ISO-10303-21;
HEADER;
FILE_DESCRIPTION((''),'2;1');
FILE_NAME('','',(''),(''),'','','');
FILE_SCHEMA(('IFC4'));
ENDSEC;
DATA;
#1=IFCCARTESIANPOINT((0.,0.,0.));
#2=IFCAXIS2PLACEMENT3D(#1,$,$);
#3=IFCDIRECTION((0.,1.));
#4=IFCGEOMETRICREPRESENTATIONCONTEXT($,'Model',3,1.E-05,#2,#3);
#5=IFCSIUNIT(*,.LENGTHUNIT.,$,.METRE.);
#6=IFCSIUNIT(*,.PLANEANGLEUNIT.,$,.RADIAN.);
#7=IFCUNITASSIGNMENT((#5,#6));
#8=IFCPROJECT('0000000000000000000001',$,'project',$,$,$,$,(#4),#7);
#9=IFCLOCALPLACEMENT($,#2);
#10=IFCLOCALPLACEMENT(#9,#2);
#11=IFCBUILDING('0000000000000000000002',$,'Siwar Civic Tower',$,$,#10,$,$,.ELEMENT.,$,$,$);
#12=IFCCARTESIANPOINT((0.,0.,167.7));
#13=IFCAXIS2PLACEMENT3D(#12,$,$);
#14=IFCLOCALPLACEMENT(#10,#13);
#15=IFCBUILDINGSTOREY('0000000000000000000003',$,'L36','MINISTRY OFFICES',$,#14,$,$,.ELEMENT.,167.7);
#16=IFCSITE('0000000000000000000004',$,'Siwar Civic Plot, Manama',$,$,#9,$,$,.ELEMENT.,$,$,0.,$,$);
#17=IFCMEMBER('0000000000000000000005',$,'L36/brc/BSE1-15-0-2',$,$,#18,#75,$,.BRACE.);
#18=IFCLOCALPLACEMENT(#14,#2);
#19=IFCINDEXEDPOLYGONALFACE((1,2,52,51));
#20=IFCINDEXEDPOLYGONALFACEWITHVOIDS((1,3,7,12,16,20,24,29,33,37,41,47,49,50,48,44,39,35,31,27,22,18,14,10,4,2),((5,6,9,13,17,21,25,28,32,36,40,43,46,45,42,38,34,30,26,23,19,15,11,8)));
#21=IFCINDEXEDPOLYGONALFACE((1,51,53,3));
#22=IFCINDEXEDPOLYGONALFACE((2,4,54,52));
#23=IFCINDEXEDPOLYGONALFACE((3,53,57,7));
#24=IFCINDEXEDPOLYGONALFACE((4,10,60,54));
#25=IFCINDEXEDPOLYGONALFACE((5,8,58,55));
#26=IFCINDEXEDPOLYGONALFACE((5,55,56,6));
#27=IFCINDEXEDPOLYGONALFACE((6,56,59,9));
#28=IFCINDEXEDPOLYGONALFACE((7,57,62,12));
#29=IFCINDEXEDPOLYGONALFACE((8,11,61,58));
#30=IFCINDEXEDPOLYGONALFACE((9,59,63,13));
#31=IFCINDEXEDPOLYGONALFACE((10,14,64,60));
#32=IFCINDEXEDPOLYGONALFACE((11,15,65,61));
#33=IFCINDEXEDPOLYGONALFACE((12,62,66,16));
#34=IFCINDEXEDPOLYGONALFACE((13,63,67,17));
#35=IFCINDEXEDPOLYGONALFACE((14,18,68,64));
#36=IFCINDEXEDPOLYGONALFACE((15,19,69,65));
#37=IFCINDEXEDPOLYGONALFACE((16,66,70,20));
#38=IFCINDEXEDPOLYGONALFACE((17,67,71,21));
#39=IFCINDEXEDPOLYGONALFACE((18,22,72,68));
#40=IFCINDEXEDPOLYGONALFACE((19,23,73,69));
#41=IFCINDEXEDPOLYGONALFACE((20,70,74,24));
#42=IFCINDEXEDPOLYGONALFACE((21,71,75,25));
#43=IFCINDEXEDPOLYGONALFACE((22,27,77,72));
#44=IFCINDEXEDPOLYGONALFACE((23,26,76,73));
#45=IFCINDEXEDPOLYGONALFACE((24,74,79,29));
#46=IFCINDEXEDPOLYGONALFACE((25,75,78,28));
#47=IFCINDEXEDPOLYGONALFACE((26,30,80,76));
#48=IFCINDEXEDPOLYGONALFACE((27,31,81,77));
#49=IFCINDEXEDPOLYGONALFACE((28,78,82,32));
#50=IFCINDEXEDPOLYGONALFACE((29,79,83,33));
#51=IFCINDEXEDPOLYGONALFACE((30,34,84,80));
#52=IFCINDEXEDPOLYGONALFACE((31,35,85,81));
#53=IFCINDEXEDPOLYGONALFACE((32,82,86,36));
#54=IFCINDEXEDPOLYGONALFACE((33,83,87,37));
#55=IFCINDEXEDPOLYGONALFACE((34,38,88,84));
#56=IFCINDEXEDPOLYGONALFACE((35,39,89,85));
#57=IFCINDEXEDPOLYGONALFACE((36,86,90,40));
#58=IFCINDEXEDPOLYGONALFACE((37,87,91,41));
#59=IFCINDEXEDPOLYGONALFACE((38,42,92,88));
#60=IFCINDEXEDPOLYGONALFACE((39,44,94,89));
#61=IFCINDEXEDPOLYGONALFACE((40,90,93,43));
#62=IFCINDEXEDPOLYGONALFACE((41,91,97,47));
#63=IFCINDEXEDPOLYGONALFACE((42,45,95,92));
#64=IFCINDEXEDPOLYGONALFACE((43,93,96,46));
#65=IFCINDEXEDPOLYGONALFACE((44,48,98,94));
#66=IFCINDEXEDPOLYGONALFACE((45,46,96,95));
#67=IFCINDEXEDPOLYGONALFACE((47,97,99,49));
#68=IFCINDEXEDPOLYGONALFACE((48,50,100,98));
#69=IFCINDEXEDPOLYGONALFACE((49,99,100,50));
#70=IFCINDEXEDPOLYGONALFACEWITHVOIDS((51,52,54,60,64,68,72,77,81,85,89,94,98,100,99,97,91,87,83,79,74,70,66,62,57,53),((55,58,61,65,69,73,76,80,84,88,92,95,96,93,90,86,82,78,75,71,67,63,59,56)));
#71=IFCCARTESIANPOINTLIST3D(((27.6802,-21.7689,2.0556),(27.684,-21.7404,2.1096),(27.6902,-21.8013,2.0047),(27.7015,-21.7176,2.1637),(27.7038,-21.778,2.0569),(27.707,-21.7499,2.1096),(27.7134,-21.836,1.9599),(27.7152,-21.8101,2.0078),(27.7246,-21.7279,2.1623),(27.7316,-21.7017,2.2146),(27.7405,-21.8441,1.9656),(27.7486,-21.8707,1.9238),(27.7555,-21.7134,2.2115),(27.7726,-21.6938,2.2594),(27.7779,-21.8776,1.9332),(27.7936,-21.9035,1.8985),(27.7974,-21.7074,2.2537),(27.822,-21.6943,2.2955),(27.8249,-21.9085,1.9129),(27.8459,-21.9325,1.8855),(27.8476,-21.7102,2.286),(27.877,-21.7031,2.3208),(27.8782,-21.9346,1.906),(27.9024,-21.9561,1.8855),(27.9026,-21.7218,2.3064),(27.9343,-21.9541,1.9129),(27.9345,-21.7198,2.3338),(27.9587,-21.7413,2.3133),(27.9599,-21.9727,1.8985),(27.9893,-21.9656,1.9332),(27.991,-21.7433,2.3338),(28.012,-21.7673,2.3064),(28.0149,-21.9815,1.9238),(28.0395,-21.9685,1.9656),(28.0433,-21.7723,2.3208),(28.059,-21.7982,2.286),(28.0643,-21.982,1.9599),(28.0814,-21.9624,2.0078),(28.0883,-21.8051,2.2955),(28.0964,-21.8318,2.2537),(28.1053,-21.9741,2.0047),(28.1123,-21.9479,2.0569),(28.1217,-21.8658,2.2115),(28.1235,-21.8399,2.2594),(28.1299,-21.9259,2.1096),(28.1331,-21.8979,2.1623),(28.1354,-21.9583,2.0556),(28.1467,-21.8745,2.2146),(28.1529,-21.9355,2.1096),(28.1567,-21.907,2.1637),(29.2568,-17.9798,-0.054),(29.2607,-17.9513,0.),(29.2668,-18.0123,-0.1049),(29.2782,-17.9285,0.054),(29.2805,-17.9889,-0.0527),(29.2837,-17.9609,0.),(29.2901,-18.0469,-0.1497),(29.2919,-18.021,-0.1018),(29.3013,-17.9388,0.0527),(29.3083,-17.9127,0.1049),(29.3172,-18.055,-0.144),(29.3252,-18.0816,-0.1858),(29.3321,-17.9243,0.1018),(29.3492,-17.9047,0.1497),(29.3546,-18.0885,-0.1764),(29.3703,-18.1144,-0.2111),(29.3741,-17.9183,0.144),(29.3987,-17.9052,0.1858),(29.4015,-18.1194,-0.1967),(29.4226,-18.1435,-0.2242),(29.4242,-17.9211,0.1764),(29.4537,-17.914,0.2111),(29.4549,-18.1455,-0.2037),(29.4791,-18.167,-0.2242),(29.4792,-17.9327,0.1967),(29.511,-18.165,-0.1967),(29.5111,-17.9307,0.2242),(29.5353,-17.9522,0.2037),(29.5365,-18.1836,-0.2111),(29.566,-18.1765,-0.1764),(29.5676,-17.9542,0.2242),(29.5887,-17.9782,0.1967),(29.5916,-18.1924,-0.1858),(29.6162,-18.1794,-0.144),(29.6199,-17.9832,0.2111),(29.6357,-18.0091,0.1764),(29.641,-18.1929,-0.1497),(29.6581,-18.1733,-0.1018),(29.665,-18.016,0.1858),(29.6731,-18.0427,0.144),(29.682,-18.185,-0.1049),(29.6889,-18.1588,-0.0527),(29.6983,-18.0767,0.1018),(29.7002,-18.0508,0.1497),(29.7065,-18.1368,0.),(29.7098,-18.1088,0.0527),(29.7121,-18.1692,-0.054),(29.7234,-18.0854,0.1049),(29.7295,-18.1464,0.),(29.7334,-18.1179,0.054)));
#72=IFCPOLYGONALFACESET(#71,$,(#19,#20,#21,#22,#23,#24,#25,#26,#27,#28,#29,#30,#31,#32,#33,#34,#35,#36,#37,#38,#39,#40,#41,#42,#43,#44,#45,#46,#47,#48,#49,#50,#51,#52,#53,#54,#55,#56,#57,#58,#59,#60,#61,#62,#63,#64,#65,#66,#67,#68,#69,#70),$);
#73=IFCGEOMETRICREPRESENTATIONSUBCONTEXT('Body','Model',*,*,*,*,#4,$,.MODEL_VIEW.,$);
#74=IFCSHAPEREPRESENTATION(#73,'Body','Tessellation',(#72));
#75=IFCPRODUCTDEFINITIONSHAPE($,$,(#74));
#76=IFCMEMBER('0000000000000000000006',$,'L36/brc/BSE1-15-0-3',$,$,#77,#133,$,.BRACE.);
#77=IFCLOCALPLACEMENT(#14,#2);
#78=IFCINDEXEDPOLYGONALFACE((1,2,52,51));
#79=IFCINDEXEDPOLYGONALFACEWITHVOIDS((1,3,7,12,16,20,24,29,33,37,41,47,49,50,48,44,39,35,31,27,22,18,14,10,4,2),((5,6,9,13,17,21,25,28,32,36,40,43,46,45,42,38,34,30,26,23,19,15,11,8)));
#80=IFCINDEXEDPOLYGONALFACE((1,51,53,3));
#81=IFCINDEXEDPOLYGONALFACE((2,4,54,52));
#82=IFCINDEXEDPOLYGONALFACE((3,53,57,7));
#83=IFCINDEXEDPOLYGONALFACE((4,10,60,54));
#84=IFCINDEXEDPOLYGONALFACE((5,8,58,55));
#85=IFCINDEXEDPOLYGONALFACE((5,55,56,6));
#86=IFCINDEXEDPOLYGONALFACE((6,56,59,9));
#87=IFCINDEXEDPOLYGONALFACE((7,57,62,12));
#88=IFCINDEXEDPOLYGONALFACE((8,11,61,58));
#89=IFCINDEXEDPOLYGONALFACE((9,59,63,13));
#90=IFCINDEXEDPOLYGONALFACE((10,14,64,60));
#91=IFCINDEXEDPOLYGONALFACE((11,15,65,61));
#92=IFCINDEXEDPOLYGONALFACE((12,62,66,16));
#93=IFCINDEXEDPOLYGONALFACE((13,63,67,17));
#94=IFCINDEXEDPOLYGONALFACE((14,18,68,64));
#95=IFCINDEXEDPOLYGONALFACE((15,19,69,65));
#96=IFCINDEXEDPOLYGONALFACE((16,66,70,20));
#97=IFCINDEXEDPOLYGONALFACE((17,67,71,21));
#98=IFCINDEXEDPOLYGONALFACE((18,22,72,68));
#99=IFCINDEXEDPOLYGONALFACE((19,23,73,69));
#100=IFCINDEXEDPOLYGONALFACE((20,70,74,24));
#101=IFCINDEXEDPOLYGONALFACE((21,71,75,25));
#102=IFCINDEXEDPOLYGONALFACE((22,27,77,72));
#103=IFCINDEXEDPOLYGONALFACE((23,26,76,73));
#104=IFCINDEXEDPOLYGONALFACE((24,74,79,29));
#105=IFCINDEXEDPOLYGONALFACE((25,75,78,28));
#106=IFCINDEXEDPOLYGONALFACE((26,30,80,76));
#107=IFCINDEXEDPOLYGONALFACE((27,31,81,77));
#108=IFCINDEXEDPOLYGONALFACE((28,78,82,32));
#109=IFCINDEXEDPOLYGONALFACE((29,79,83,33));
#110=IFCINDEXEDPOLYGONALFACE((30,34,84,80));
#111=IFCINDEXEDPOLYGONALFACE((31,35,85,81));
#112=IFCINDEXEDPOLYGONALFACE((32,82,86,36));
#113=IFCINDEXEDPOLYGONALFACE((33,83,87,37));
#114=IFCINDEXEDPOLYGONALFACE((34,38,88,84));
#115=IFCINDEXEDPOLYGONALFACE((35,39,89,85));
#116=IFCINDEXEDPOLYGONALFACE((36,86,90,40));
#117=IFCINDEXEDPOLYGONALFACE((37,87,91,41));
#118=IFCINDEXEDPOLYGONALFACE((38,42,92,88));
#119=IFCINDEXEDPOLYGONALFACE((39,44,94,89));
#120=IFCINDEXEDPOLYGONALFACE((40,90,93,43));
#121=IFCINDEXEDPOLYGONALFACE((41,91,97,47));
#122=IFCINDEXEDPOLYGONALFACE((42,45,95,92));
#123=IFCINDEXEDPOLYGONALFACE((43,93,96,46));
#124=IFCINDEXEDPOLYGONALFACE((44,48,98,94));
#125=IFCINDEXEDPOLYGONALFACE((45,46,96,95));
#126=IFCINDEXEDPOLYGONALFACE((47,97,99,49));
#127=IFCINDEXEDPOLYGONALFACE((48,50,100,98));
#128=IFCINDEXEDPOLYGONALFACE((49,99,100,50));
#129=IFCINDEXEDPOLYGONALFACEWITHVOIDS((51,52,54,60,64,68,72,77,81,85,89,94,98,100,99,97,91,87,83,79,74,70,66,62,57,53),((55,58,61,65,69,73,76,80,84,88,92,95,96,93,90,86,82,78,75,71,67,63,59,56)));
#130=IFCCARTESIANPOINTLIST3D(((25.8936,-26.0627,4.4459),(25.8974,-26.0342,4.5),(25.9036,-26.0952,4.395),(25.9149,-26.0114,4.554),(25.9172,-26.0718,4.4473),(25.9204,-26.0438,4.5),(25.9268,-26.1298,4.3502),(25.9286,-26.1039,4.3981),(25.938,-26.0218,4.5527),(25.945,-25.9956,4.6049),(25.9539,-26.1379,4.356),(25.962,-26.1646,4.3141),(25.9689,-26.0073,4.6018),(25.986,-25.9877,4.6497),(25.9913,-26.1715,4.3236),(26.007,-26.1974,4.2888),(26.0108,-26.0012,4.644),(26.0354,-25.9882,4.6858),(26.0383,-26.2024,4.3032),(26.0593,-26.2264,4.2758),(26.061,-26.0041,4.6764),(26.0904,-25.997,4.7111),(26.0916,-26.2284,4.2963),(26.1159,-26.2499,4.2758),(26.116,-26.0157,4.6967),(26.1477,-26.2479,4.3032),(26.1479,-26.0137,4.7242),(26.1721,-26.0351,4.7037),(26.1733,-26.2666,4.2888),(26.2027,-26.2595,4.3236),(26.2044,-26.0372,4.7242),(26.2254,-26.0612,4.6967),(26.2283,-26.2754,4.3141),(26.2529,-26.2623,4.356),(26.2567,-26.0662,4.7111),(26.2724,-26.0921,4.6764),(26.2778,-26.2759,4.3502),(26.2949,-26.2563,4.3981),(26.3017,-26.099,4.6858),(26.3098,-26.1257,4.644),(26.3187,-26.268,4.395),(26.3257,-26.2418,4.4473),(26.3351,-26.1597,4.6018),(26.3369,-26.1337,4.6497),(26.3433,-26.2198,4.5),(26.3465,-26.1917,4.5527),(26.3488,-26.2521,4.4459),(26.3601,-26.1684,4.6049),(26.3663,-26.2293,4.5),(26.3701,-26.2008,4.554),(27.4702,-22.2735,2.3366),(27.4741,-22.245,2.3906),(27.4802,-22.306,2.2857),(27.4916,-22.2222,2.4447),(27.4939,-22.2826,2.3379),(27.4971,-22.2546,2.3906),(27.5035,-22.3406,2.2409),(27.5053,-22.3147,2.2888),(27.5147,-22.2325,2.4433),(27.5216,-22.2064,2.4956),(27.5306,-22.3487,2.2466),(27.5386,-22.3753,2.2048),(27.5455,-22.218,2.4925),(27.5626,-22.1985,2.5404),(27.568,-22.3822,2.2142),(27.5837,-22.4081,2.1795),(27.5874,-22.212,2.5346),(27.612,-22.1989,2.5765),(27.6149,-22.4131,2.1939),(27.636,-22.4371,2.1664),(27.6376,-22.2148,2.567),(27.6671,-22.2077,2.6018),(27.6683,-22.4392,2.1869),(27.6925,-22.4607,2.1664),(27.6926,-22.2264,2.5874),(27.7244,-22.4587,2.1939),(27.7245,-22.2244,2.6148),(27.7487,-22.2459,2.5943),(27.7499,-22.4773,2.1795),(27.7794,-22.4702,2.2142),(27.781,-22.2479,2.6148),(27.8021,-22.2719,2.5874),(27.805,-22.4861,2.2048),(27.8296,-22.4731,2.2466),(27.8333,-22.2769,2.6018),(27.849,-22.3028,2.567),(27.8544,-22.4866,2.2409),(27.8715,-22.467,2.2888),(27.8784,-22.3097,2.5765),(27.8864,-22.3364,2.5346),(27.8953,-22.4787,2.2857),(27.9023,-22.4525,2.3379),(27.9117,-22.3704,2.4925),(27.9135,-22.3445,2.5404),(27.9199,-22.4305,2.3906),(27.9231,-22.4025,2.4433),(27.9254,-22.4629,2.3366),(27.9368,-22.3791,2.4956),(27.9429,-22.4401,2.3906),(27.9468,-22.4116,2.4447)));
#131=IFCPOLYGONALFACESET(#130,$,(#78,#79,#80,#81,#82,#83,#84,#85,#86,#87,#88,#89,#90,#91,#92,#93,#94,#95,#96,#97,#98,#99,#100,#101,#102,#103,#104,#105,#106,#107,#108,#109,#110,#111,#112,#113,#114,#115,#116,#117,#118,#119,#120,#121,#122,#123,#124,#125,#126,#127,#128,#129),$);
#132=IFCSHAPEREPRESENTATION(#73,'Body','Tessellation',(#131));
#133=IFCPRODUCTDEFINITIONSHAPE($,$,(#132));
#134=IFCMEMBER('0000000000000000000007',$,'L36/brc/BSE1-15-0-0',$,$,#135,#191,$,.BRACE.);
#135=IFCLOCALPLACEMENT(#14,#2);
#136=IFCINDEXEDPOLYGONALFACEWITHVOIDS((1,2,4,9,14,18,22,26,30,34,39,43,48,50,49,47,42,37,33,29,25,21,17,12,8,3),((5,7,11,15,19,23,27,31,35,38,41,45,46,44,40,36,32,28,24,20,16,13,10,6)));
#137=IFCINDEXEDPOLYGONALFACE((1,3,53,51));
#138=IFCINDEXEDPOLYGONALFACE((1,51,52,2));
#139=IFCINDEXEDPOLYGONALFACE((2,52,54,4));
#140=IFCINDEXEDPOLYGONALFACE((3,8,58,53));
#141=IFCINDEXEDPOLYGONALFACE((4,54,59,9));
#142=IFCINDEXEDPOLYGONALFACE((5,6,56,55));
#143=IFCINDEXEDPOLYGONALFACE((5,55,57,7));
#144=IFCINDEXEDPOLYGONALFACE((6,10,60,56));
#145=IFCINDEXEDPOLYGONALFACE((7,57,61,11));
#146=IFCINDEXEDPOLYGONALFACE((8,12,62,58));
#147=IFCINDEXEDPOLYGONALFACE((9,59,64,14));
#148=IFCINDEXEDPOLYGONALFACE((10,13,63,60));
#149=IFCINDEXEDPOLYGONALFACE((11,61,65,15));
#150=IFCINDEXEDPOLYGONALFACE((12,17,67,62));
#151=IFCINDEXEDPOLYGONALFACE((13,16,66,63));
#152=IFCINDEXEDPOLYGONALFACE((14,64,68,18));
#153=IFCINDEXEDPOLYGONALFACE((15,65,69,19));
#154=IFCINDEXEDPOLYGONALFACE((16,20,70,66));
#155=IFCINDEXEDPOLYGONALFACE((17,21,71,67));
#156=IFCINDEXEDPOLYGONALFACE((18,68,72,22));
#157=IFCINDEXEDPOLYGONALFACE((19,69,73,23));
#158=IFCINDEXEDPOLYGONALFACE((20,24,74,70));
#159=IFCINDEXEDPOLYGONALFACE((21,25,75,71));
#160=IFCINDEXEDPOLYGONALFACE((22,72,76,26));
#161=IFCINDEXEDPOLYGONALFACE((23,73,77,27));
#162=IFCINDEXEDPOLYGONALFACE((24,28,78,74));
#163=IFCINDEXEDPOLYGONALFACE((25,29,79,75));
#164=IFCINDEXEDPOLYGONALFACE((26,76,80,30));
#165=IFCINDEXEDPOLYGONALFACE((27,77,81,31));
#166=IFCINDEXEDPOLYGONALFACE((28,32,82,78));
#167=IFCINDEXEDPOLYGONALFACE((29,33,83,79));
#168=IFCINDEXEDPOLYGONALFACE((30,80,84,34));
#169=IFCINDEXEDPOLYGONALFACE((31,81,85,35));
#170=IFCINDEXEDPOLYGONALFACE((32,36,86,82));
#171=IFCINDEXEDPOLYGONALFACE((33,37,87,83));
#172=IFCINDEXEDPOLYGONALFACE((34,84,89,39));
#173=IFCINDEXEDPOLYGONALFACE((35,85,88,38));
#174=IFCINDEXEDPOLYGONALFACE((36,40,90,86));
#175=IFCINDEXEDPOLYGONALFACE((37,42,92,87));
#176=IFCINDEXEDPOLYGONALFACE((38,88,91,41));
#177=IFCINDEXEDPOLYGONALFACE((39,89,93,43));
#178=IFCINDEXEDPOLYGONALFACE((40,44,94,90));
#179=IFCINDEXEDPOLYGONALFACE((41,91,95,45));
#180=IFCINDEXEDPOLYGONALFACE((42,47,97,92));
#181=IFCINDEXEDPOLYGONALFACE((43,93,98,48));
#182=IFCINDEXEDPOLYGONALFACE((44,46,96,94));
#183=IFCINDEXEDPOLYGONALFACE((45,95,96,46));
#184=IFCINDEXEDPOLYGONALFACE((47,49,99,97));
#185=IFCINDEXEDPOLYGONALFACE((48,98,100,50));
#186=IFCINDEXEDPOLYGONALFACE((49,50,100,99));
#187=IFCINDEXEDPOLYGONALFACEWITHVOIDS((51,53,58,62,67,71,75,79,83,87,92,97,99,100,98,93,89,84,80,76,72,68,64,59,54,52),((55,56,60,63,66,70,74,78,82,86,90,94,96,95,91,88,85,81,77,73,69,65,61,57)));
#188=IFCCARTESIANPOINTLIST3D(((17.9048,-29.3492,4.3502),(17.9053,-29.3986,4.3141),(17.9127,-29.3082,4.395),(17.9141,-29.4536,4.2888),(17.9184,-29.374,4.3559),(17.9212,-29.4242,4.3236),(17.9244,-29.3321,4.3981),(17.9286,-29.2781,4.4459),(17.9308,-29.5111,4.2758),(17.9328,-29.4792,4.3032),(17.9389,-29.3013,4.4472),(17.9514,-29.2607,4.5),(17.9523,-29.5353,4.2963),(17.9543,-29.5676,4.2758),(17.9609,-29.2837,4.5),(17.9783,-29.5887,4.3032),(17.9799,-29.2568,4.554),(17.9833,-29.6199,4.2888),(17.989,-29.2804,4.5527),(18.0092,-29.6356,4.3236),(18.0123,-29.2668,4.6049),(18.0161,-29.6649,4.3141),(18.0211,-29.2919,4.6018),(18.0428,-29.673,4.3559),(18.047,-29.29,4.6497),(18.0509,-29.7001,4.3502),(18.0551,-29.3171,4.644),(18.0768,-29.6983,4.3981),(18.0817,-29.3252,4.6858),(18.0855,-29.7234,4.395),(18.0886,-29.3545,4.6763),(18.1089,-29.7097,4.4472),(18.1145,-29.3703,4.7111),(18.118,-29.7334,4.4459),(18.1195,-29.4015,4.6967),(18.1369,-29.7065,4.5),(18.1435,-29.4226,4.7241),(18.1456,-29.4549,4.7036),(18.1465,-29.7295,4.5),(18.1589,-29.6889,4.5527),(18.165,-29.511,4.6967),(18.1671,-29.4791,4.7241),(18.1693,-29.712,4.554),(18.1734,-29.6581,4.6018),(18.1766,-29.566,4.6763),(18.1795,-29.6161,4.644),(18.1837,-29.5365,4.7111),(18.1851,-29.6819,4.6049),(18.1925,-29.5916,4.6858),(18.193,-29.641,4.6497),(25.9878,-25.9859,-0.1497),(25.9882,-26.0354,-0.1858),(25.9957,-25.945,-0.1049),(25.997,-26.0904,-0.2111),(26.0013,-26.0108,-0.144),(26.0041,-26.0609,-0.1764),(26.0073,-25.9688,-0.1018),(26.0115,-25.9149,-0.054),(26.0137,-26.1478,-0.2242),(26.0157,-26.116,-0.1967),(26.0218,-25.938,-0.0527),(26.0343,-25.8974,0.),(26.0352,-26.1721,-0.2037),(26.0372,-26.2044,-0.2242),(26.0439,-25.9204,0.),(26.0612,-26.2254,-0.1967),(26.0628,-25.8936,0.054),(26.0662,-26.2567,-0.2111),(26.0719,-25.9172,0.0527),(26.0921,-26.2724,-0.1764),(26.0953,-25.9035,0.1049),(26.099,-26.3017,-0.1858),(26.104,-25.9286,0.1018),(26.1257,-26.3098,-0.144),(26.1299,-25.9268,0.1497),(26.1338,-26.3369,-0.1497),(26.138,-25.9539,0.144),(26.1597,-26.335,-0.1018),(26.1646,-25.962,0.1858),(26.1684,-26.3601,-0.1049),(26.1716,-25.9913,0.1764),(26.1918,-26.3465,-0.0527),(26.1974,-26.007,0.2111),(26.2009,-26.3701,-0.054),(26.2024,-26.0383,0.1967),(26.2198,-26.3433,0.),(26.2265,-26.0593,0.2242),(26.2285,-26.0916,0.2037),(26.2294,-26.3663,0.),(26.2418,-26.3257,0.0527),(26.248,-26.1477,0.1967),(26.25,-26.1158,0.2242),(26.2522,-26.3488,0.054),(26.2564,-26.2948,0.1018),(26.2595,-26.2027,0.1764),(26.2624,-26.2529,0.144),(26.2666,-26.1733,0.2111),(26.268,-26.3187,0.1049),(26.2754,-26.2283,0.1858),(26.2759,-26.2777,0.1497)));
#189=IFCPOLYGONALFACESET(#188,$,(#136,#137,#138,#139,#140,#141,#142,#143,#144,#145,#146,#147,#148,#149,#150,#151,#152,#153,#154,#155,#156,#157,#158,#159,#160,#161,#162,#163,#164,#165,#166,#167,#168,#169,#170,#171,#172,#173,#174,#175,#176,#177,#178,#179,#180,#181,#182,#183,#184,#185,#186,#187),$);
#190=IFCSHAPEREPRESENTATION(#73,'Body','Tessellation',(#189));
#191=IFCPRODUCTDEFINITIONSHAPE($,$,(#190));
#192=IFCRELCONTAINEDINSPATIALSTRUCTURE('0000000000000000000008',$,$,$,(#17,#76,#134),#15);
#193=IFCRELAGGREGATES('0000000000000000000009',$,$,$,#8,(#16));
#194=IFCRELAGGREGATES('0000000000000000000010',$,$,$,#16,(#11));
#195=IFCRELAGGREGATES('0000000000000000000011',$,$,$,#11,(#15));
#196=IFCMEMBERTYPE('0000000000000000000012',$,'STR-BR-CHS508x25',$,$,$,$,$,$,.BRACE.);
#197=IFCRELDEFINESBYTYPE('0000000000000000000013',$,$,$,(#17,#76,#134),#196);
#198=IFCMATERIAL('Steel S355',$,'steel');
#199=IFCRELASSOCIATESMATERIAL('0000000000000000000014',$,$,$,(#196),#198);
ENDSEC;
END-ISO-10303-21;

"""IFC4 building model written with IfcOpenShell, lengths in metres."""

from ifc_helpers import new_model, si_unit, direction, frame, origin, origin_2d, place, context, subcontext, project, spatial, hollow_circle, extrude, material, material_profile, profile_set, type_object, element, save


model = new_model("IFC4")

# Units and contexts
model_context = context("Model", 3, precision=1e-05, world=origin(), true_north=direction((0.0, 1.0)))
body_context = subcontext(model_context, "Body", "Model", "MODEL_VIEW")
ifc_project = project(units=[si_unit("LENGTHUNIT", "METRE"), si_unit("PLANEANGLEUNIT", "RADIAN")], contexts=[model_context])

# Site, building, storey
site_placement = place(None, origin())
site = spatial("IfcSite", under=ifc_project, at=site_placement, Name="Siwar Civic Plot, Manama", CompositionType="ELEMENT", RefElevation=0.0)
building_placement = place(site_placement, origin())
building = spatial("IfcBuilding", under=site, at=building_placement, Name="Siwar Civic Tower", CompositionType="ELEMENT")
storey_placement = place(building_placement, frame((0.0, 0.0, 167.7)))
storey = spatial("IfcBuildingStorey", under=building, at=storey_placement, Name="L36", Description="MINISTRY OFFICES", CompositionType="ELEMENT", Elevation=167.7)

# Members
ifc_material_1 = material(Name="Steel S355", Category="steel")
ifc_material_profile_1 = material_profile(ifc_material_1, hollow_circle(Radius=0.2539, WallThickness=0.0249, at=origin_2d()), Name="CHS508x25")
ifc_profile_set_1 = profile_set([ifc_material_profile_1], Name="Steel S355")
member_type_1 = type_object("IfcMemberType", Name="STR-BR-CHS508x25", PredefinedType="BRACE", material=ifc_profile_set_1)
for number, where, z_axis, x_axis, name in (
    (1, (29.4951, -18.0488, 0.0), (-0.341677, -0.821126, 0.457175), (0.92326, -0.384176, 0.0), "L36/brc/BSE1-15-0-2"),
    (2, (27.7085, -22.3425, 2.3906), (-0.341671, -0.821163, 0.457113), (0.923269, -0.384155, 0.0), "L36/brc/BSE1-15-0-3"),
):
    element("IfcMember", number, at=place(storey_placement, frame(where, z_axis=z_axis, x_axis=x_axis)), inside=storey, type_object=member_type_1, Name=name, PredefinedType="BRACE", context=body_context, shape_type="SweptSolid", body=[
        extrude(hollow_circle(Radius=0.2539, WallThickness=0.0249, at=origin_2d()), origin(), (0.0, 0.0, 1.0), 4.6145),
    ])
member_1_placement = place(storey_placement, frame((26.1318, -26.1318, 0.0), z_axis=(-0.821143, -0.341671, 0.457149), x_axis=(0.384164, -0.923265, 0.0)))
element("IfcMember", 3, at=member_1_placement, inside=storey, type_object=member_type_1, Name="L36/brc/BSE1-15-0-0", PredefinedType="BRACE", context=body_context, shape_type="SweptSolid", body=[
    extrude(hollow_circle(Radius=0.2539, WallThickness=0.0249, at=origin_2d()), origin(), (0.0, 0.0, 1.0), 9.8435),
])

save(model, "model.ifc")
